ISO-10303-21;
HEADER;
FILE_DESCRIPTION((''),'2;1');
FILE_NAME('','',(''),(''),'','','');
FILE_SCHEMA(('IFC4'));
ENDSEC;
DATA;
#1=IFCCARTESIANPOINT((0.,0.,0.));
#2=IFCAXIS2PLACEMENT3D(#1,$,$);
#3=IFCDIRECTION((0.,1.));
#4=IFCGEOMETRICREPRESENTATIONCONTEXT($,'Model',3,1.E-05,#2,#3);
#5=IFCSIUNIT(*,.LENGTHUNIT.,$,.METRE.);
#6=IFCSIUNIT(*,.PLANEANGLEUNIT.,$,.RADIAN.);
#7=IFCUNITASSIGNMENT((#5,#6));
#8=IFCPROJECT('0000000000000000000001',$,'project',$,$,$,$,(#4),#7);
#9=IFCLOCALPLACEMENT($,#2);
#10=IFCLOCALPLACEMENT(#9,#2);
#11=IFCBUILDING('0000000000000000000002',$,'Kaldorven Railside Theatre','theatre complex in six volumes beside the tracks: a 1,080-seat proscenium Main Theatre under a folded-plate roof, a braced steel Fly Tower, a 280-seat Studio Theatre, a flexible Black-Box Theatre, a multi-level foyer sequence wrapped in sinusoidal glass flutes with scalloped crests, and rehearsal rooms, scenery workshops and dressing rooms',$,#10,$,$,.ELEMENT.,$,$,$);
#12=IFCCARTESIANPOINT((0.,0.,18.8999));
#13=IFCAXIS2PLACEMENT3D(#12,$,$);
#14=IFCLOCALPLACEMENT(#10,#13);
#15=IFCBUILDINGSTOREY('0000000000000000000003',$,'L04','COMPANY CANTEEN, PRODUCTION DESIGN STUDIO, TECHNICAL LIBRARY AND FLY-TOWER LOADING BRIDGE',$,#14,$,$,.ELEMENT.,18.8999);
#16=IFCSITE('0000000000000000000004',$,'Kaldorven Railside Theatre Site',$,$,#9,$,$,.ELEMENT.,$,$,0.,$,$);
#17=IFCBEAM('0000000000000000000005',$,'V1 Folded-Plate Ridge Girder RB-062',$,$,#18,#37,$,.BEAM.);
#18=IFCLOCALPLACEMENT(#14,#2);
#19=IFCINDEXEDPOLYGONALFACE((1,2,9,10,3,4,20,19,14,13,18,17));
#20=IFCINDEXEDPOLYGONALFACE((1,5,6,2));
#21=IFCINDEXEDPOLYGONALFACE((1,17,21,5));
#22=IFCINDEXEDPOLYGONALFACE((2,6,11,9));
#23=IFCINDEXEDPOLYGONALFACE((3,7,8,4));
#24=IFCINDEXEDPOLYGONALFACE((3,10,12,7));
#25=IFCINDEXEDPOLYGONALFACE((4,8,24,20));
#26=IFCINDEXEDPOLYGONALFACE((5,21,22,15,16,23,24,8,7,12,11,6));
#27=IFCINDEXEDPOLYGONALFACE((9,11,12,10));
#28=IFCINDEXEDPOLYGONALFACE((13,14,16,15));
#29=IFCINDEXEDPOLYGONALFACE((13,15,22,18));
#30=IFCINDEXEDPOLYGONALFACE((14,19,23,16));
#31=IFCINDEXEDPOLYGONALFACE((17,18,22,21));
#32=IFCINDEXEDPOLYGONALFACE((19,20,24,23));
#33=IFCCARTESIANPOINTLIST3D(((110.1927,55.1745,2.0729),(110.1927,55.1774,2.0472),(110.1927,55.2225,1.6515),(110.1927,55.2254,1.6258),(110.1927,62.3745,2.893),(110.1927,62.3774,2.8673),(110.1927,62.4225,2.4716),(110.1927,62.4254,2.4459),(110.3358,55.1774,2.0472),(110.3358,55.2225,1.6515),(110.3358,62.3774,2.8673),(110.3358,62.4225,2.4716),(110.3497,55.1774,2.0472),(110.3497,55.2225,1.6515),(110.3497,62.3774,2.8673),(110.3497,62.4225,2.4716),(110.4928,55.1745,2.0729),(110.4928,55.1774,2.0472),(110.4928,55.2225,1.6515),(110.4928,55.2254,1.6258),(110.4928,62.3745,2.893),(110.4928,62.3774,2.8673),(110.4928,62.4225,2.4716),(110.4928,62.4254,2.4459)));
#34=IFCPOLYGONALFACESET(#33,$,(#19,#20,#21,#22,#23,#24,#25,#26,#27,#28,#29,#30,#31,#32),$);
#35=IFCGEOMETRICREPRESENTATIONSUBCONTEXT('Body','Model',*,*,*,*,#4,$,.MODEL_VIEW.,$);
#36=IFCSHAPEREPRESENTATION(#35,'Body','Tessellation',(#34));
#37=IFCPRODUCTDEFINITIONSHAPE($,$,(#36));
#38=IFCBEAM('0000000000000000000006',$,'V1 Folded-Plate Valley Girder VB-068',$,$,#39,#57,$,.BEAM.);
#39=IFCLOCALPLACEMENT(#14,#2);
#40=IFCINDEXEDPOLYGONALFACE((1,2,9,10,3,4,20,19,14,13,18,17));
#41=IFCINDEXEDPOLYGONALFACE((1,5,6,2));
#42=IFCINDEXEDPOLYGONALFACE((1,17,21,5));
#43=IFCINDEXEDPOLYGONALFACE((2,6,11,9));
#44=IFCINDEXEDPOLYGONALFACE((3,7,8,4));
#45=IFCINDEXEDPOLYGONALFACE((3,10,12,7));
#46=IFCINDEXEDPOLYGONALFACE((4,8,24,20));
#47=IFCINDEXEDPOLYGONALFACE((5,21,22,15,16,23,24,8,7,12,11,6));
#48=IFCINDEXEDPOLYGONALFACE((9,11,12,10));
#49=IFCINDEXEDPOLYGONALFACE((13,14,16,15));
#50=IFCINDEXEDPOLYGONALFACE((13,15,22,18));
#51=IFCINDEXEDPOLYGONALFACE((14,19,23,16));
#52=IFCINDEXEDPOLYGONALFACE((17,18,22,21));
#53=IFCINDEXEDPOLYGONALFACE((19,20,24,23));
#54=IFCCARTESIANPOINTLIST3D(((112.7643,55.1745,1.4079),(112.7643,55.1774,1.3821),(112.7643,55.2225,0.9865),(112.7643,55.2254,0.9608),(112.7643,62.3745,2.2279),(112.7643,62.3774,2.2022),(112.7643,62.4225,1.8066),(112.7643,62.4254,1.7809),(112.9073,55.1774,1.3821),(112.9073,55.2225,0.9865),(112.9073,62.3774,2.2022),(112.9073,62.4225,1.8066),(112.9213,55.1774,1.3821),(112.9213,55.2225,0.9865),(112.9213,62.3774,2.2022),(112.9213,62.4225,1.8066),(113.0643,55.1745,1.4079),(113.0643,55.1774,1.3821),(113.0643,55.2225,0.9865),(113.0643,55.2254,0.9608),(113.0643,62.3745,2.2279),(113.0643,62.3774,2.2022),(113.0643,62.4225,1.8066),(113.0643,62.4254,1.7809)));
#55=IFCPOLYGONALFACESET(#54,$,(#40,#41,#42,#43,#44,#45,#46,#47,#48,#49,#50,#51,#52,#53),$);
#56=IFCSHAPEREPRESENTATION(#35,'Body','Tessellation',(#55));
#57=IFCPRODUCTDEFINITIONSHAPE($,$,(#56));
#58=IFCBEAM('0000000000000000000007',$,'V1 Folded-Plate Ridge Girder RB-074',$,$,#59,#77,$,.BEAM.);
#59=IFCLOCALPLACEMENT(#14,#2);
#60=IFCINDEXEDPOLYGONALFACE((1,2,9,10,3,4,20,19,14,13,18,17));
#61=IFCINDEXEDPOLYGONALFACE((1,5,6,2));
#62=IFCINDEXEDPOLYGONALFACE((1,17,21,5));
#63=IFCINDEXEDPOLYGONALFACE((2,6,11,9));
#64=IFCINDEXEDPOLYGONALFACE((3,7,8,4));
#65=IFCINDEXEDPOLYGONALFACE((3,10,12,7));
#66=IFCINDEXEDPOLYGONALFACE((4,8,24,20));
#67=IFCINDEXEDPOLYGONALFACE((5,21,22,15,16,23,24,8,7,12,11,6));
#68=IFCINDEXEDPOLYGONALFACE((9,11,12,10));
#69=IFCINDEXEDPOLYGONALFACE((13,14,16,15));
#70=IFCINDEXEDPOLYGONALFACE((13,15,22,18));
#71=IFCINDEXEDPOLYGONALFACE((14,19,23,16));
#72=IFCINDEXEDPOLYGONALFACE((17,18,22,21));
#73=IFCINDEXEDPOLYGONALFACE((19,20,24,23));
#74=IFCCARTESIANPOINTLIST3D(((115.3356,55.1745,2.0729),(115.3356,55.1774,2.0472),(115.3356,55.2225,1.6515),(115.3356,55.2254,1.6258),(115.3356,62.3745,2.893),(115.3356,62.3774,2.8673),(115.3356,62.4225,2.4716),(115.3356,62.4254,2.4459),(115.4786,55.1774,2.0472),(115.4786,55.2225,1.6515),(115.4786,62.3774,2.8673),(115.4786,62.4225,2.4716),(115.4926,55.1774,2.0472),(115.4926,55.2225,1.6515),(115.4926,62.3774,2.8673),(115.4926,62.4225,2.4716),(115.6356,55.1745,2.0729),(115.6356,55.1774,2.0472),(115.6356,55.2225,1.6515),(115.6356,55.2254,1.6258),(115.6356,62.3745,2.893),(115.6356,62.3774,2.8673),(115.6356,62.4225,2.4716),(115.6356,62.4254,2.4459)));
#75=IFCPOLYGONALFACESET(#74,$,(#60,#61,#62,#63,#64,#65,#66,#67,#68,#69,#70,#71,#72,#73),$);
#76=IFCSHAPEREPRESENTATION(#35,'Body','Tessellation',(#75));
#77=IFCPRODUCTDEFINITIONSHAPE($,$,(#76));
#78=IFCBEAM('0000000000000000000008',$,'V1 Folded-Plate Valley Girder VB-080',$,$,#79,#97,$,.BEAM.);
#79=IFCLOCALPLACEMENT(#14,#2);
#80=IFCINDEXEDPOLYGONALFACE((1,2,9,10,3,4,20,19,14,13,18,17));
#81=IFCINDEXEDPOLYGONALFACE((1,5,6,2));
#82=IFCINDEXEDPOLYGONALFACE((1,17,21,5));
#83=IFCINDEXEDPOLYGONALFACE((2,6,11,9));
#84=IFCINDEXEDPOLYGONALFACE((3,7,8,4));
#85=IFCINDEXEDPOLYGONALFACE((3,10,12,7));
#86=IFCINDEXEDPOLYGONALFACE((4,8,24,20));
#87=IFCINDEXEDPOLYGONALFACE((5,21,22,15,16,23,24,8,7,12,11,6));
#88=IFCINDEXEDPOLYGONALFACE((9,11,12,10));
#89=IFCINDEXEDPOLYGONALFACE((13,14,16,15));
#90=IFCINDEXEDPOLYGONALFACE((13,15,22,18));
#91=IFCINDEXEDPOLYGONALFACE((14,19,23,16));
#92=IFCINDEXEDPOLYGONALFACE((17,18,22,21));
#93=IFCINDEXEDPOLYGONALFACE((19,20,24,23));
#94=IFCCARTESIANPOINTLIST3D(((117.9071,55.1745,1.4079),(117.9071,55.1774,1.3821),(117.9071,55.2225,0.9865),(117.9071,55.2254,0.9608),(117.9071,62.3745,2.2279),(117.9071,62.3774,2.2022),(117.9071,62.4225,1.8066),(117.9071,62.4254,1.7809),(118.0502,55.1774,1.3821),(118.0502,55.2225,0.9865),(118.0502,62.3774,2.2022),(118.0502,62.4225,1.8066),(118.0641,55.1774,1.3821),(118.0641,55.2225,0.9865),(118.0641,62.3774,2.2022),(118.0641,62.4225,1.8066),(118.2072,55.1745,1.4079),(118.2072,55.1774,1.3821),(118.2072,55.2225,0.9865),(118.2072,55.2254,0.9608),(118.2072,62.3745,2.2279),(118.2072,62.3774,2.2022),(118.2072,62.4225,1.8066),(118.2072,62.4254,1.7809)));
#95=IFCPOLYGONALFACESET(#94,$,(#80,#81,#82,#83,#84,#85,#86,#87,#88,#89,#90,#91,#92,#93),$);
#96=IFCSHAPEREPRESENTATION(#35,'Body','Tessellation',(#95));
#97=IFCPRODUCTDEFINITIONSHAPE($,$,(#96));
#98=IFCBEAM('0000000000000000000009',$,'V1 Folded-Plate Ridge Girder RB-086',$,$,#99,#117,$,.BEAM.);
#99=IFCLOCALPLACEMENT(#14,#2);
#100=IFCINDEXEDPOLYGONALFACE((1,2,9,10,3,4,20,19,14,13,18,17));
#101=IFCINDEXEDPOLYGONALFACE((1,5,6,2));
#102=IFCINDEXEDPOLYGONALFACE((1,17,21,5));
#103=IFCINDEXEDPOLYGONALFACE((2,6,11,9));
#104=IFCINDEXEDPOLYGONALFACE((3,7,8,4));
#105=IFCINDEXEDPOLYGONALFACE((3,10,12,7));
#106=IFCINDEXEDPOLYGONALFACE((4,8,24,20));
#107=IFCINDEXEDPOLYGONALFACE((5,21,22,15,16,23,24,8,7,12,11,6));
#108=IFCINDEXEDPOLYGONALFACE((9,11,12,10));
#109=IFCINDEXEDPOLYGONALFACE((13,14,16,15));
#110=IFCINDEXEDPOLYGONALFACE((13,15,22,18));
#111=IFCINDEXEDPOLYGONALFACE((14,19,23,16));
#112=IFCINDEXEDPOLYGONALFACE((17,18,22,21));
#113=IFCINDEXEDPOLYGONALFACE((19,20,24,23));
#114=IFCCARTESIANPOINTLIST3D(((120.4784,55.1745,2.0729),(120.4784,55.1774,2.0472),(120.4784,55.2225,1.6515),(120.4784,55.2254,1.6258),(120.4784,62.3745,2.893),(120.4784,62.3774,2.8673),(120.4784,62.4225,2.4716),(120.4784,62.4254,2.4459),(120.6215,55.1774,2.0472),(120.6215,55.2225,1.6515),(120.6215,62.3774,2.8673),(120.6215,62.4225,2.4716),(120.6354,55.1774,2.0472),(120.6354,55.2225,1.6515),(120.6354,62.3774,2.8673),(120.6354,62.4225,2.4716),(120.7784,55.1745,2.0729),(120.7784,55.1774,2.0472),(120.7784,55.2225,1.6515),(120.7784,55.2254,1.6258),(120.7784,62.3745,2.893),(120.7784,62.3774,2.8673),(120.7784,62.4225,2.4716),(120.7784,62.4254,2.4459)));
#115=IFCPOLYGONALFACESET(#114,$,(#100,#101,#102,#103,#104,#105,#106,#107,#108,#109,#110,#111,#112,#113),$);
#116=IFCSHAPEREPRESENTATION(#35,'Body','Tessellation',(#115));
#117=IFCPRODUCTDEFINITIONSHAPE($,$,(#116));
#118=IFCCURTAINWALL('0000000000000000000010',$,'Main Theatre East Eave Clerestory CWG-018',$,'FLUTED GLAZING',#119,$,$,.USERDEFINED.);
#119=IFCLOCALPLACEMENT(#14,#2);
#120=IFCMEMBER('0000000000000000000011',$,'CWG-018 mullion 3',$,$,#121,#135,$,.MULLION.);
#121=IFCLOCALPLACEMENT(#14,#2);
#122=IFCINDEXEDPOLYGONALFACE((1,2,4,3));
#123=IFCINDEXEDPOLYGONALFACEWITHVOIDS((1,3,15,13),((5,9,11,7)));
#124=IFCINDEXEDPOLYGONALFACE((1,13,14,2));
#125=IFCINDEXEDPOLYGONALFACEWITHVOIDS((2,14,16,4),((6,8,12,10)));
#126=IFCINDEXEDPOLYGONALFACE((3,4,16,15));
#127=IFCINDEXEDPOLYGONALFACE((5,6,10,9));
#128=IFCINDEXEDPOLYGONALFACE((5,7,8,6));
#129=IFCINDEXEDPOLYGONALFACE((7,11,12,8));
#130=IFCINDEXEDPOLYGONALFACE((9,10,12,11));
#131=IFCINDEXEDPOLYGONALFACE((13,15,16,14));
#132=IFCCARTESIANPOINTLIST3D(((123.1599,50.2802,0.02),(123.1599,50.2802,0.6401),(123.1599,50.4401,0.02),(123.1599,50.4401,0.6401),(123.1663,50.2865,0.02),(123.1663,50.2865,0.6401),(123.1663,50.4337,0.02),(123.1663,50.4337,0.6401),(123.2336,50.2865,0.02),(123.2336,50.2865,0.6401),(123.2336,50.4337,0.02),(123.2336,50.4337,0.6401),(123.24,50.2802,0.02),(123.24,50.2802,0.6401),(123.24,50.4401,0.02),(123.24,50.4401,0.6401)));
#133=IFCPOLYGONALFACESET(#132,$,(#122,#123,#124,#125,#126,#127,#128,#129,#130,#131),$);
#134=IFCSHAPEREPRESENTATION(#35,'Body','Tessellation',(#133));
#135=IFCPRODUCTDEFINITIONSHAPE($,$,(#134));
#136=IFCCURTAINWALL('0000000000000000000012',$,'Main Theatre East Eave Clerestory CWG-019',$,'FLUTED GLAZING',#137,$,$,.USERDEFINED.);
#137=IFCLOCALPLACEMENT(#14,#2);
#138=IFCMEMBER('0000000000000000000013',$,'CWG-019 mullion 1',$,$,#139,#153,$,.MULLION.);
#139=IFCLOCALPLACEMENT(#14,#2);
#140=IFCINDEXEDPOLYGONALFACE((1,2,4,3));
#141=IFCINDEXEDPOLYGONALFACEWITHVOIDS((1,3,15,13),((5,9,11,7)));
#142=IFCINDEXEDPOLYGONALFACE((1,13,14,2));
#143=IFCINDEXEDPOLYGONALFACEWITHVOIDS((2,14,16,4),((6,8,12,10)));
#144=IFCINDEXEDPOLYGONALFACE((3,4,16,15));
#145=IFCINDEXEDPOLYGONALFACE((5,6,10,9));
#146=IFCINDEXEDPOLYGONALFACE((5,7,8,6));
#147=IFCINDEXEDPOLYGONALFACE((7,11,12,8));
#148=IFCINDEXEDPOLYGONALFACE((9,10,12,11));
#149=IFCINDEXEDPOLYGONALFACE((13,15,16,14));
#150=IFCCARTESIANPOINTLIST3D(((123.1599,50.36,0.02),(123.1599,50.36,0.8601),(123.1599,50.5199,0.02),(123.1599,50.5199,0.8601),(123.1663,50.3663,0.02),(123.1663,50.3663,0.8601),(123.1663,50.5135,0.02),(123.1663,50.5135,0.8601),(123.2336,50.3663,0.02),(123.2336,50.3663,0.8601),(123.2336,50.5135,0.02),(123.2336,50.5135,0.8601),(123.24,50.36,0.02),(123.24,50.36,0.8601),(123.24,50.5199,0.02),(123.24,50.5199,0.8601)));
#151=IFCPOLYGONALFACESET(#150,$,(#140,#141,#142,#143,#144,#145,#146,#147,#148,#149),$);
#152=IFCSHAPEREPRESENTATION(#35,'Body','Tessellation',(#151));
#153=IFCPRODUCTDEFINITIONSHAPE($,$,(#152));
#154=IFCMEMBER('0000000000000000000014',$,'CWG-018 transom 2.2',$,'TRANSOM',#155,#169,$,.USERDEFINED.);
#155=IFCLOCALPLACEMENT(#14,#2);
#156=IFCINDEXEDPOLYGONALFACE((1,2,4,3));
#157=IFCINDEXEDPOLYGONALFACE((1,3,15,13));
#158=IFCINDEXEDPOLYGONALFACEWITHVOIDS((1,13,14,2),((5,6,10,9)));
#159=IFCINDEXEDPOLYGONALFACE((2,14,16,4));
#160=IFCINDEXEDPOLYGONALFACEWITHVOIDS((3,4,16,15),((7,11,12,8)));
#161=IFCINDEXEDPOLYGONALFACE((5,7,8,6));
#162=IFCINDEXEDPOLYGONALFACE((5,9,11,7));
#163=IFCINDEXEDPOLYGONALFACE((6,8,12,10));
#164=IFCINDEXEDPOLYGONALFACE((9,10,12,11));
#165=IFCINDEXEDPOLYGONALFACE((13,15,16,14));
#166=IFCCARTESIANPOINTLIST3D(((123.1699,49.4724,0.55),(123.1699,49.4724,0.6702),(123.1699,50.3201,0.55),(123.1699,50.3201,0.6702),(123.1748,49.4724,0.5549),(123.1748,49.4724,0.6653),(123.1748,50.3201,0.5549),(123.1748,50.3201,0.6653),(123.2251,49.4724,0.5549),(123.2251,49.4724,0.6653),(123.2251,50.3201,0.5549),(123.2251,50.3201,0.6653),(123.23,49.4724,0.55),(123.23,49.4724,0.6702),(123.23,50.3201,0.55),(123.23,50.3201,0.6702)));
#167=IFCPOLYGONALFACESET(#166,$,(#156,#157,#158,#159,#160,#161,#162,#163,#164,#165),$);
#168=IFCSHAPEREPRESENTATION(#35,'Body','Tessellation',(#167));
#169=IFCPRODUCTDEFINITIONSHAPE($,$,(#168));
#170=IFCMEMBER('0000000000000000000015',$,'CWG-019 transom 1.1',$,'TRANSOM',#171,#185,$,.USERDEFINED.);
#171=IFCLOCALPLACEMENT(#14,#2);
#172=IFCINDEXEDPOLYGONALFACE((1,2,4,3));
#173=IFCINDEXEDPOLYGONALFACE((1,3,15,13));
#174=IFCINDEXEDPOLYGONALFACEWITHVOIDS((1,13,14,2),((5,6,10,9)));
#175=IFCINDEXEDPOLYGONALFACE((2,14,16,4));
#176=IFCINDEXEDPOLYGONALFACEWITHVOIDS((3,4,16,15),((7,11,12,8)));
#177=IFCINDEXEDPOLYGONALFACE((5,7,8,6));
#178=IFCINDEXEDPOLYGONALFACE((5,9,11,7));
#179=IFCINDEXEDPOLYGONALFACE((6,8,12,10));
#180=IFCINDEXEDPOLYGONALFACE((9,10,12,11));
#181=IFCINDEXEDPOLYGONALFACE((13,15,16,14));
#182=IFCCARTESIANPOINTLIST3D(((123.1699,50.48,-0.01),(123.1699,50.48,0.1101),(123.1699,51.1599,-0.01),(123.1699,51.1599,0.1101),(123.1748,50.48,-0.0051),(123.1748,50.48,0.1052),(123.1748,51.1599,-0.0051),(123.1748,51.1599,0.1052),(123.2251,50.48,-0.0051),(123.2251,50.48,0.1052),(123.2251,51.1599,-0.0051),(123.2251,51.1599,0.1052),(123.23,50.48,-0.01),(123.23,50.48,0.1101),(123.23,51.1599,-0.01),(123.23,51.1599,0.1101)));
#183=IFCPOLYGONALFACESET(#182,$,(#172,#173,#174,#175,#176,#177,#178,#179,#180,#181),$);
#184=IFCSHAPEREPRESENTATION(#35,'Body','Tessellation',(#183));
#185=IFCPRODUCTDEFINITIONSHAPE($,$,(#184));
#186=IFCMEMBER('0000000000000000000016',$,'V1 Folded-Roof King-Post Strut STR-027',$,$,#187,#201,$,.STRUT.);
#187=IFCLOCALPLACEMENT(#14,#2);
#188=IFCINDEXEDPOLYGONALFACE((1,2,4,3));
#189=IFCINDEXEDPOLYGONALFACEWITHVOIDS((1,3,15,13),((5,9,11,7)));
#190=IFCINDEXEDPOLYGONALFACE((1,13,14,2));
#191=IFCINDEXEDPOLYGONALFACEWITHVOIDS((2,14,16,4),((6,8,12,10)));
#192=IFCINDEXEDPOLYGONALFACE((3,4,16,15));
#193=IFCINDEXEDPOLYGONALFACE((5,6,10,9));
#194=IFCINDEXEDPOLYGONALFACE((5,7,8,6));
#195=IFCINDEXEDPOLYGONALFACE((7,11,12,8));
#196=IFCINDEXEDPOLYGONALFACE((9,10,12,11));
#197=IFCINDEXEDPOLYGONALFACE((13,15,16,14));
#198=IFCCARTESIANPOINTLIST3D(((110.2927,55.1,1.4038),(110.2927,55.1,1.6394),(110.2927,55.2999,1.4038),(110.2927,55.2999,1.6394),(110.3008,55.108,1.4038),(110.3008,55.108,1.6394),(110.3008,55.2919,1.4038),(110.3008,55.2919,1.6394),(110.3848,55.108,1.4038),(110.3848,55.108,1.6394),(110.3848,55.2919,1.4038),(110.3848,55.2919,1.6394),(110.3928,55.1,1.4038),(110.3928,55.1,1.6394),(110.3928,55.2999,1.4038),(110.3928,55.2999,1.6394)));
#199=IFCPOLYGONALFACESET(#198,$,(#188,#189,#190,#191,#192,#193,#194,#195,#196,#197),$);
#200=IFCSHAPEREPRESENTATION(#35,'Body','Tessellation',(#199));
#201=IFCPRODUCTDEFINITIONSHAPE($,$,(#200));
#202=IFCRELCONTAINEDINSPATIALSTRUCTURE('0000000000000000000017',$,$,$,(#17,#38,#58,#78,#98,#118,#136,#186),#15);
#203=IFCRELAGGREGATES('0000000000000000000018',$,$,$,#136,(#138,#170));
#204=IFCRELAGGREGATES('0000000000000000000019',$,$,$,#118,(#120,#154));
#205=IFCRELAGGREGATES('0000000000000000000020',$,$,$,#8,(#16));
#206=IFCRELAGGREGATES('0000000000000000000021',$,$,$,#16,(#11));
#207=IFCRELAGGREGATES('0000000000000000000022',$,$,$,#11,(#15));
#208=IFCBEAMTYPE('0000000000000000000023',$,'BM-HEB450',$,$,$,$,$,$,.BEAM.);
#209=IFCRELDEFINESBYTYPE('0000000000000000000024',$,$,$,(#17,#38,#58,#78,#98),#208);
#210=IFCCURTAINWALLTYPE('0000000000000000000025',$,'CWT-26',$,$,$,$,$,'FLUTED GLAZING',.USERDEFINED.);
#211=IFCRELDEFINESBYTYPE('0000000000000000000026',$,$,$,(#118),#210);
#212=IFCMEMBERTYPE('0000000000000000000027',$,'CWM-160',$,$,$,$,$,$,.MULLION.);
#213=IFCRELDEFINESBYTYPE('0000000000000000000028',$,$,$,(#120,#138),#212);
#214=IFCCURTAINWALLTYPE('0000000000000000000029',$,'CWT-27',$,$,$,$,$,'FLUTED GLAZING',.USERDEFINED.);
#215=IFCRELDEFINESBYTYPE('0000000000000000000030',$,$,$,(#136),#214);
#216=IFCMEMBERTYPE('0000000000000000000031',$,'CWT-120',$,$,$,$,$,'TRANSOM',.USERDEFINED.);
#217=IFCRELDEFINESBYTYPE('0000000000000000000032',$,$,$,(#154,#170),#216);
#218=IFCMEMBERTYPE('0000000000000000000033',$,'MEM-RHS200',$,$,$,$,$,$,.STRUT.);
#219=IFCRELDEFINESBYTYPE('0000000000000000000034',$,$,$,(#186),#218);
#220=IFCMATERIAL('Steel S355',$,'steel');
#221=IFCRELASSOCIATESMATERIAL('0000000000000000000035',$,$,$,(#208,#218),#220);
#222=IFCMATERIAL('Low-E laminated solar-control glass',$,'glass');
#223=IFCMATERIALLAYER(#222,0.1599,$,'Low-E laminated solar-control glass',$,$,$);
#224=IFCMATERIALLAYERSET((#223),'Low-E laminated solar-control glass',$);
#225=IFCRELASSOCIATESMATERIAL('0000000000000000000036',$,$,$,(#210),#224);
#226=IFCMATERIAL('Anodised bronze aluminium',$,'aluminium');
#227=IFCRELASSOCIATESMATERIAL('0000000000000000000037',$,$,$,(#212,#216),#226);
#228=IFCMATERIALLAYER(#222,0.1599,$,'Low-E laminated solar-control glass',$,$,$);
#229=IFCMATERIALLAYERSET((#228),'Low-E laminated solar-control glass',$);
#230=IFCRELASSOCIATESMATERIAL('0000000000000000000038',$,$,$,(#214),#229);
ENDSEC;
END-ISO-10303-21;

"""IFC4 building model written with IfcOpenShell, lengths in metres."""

from ifc_helpers import new_model, si_unit, direction, frame, origin, origin_2d, place, context, subcontext, project, spatial, hollow_rectangle, i_section, extrude, material, layer, layer_set, material_profile, profile_set, type_object, element, aggregate, save


model = new_model("IFC4")

# Units and contexts
model_context = context("Model", 3, precision=1e-05, world=origin(), true_north=direction((0.0, 1.0)))
body_context = subcontext(model_context, "Body", "Model", "MODEL_VIEW")
ifc_project = project(units=[si_unit("LENGTHUNIT", "METRE"), si_unit("PLANEANGLEUNIT", "RADIAN")], contexts=[model_context])

# Site, building, storey
site_placement = place(None, origin())
site = spatial("IfcSite", under=ifc_project, at=site_placement, Name="Kaldorven Railside Theatre Site", CompositionType="ELEMENT", RefElevation=0.0)
building_placement = place(site_placement, origin())
building = spatial("IfcBuilding", under=site, at=building_placement, Name="Kaldorven Railside Theatre", Description="theatre complex in six volumes beside the tracks: a 1,080-seat proscenium Main Theatre under a folded-plate roof, a braced steel Fly Tower, a 280-seat Studio Theatre, a flexible Black-Box Theatre, a multi-level foyer sequence wrapped in sinusoidal glass flutes with scalloped crests, and rehearsal rooms, scenery workshops and dressing rooms", CompositionType="ELEMENT")
storey_placement = place(building_placement, frame((0.0, 0.0, 18.8999)))
storey = spatial("IfcBuildingStorey", under=building, at=storey_placement, Name="L04", Description="COMPANY CANTEEN, PRODUCTION DESIGN STUDIO, TECHNICAL LIBRARY AND FLY-TOWER LOADING BRIDGE", CompositionType="ELEMENT", Elevation=18.8999)

# Beams
ifc_material_1 = material(Name="Steel S355", Category="steel")
ifc_material_profile_1 = material_profile(ifc_material_1, i_section(OverallWidth=0.3, OverallDepth=0.45, WebThickness=0.0139, FlangeThickness=0.0259, at=origin_2d()), Name="HEB 450")
ifc_profile_set_1 = profile_set([ifc_material_profile_1], Name="Steel S355")
beam_type = type_object("IfcBeamType", Name="BM-HEB450", PredefinedType="BEAM", material=ifc_profile_set_1)
for number, where, z_axis, x_axis, name in (
    (1, (110.3428, 55.2, 1.8494), (0.0, 0.993576, 0.113167), (-1.0, 0.0, 0.0), "V1 Folded-Plate Ridge Girder RB-062"),
    (2, (112.9143, 55.2, 1.1843), (0.0, 0.993576, 0.113167), (-1.0, 0.0, 0.0), "V1 Folded-Plate Valley Girder VB-068"),
    (3, (115.4856, 55.2, 1.8494), (0.0, 0.993576, 0.113167), (-1.0, 0.0, 0.0), "V1 Folded-Plate Ridge Girder RB-074"),
    (4, (118.0571, 55.2, 1.1843), (0.0, 0.993576, 0.113167), (-1.0, 0.0, 0.0), "V1 Folded-Plate Valley Girder VB-080"),
    (5, (120.6284, 55.2, 1.8494), (0.0, 0.993576, 0.113167), (-1.0, 0.0, 0.0), "V1 Folded-Plate Ridge Girder RB-086"),
):
    element("IfcBeam", number, at=place(storey_placement, frame(where, z_axis=z_axis, x_axis=x_axis)), inside=storey, type_object=beam_type, Name=name, PredefinedType="BEAM", context=body_context, shape_type="SweptSolid", body=[
        extrude(i_section(OverallWidth=0.3, OverallDepth=0.45, WebThickness=0.0139, FlangeThickness=0.0259, at=origin_2d()), origin(), (0.0, 0.0, 1.0), 7.2466),
    ])

# Curtain walls, members
ifc_material_2 = material(Name="Low-E laminated solar-control glass", Category="glass")
ifc_layer_1 = layer(ifc_material_2, 0.1599, Name="Low-E laminated solar-control glass")
ifc_layer_set_1 = layer_set([ifc_layer_1], Name="Low-E laminated solar-control glass")
curtain_wall_type_1 = type_object("IfcCurtainWallType", Name="CWT-26", ElementType="FLUTED GLAZING", PredefinedType="USERDEFINED", material=ifc_layer_set_1)
curtain_wall_1_placement = place(storey_placement, origin())
curtain_wall_1 = element("IfcCurtainWall", 6, at=curtain_wall_1_placement, inside=storey, type_object=curtain_wall_type_1, Name="Main Theatre East Eave Clerestory CWG-018", ObjectType="FLUTED GLAZING", PredefinedType="USERDEFINED")
ifc_material_3 = material(Name="Anodised bronze aluminium", Category="aluminium")
ifc_material_profile_2 = material_profile(ifc_material_3, hollow_rectangle(XDim=0.0801, YDim=0.1599, WallThickness=0.0063, at=origin_2d()), Name="RHS 160x80x6.3")
ifc_profile_set_2 = profile_set([ifc_material_profile_2], Name="Anodised bronze aluminium")
member_type_1 = type_object("IfcMemberType", Name="CWM-160", PredefinedType="MULLION", material=ifc_profile_set_2)
member_1_placement = place(storey_placement, frame((123.2, 50.3601, 0.02), z_axis=(0.0, 0.0, 1.0), x_axis=(-1.0, 0.0, 0.0)))
member_1 = element("IfcMember", 7, at=member_1_placement, type_object=member_type_1, Name="CWG-018 mullion 3", PredefinedType="MULLION", context=body_context, shape_type="SweptSolid", body=[
    extrude(hollow_rectangle(XDim=0.0801, YDim=0.1599, WallThickness=0.0063, at=origin_2d()), origin(), (0.0, 0.0, 1.0), 0.6201),
])
ifc_layer_2 = layer(ifc_material_2, 0.1599, Name="Low-E laminated solar-control glass")
ifc_layer_set_2 = layer_set([ifc_layer_2], Name="Low-E laminated solar-control glass")
curtain_wall_type_2 = type_object("IfcCurtainWallType", Name="CWT-27", ElementType="FLUTED GLAZING", PredefinedType="USERDEFINED", material=ifc_layer_set_2)
curtain_wall_2_placement = place(storey_placement, origin())
curtain_wall_2 = element("IfcCurtainWall", 8, at=curtain_wall_2_placement, inside=storey, type_object=curtain_wall_type_2, Name="Main Theatre East Eave Clerestory CWG-019", ObjectType="FLUTED GLAZING", PredefinedType="USERDEFINED")
member_2_placement = place(storey_placement, frame((123.2, 50.4399, 0.02), z_axis=(0.0, 0.0, 1.0), x_axis=(-1.0, 0.0, 0.0)))
member_2 = element("IfcMember", 9, at=member_2_placement, type_object=member_type_1, Name="CWG-019 mullion 1", PredefinedType="MULLION", context=body_context, shape_type="SweptSolid", body=[
    extrude(hollow_rectangle(XDim=0.0801, YDim=0.1599, WallThickness=0.0063, at=origin_2d()), origin(), (0.0, 0.0, 1.0), 0.8401),
])

# Members
ifc_material_profile_3 = material_profile(ifc_material_3, hollow_rectangle(XDim=0.0601, YDim=0.1201, WallThickness=0.0049, at=origin_2d()), Name="RHS 120x60x5")
ifc_profile_set_3 = profile_set([ifc_material_profile_3], Name="Anodised bronze aluminium")
member_type_2 = type_object("IfcMemberType", Name="CWT-120", ElementType="TRANSOM", PredefinedType="USERDEFINED", material=ifc_profile_set_3)
member_3_placement = place(storey_placement, frame((123.2, 49.4724, 0.6101), z_axis=(0.0, 1.0, 0.0), x_axis=(-1.0, 0.0, 0.0)))
member_3 = element("IfcMember", 10, at=member_3_placement, type_object=member_type_2, Name="CWG-018 transom 2.2", ObjectType="TRANSOM", PredefinedType="USERDEFINED", context=body_context, shape_type="SweptSolid", body=[
    extrude(hollow_rectangle(XDim=0.0601, YDim=0.1201, WallThickness=0.0049, at=origin_2d()), origin(), (0.0, 0.0, 1.0), 0.8477),
])
member_4_placement = place(storey_placement, frame((123.2, 50.48, 0.05), z_axis=(0.0, 1.0, 0.0), x_axis=(-1.0, 0.0, 0.0)))
member_4 = element("IfcMember", 11, at=member_4_placement, type_object=member_type_2, Name="CWG-019 transom 1.1", ObjectType="TRANSOM", PredefinedType="USERDEFINED", context=body_context, shape_type="SweptSolid", body=[
    extrude(hollow_rectangle(XDim=0.0601, YDim=0.1201, WallThickness=0.0049, at=origin_2d()), origin(), (0.0, 0.0, 1.0), 0.6799),
])
aggregate(curtain_wall_2, [member_2, member_4])

# Member
ifc_material_profile_4 = material_profile(ifc_material_1, hollow_rectangle(XDim=0.1001, YDim=0.2, WallThickness=0.0081, at=origin_2d()), Name="RHS 200x100x8")
ifc_profile_set_4 = profile_set([ifc_material_profile_4], Name="Steel S355")
member_type_3 = type_object("IfcMemberType", Name="MEM-RHS200", PredefinedType="STRUT", material=ifc_profile_set_4)
for number, where, z_axis, x_axis, name in (
    (12, (110.3428, 55.2, 1.4038), (0.0, 0.0, 1.0), (1.0, 0.0, 0.0), "V1 Folded-Roof King-Post Strut STR-027"),
):
    element("IfcMember", number, at=place(storey_placement, frame(where, z_axis=z_axis, x_axis=x_axis)), inside=storey, type_object=member_type_3, Name=name, PredefinedType="STRUT", context=body_context, shape_type="SweptSolid", body=[
        extrude(hollow_rectangle(XDim=0.1001, YDim=0.2, WallThickness=0.0081, at=origin_2d()), origin(), (0.0, 0.0, 1.0), 0.2356),
    ])

aggregate(curtain_wall_1, [member_1, member_3])

save(model, "model.ifc")
